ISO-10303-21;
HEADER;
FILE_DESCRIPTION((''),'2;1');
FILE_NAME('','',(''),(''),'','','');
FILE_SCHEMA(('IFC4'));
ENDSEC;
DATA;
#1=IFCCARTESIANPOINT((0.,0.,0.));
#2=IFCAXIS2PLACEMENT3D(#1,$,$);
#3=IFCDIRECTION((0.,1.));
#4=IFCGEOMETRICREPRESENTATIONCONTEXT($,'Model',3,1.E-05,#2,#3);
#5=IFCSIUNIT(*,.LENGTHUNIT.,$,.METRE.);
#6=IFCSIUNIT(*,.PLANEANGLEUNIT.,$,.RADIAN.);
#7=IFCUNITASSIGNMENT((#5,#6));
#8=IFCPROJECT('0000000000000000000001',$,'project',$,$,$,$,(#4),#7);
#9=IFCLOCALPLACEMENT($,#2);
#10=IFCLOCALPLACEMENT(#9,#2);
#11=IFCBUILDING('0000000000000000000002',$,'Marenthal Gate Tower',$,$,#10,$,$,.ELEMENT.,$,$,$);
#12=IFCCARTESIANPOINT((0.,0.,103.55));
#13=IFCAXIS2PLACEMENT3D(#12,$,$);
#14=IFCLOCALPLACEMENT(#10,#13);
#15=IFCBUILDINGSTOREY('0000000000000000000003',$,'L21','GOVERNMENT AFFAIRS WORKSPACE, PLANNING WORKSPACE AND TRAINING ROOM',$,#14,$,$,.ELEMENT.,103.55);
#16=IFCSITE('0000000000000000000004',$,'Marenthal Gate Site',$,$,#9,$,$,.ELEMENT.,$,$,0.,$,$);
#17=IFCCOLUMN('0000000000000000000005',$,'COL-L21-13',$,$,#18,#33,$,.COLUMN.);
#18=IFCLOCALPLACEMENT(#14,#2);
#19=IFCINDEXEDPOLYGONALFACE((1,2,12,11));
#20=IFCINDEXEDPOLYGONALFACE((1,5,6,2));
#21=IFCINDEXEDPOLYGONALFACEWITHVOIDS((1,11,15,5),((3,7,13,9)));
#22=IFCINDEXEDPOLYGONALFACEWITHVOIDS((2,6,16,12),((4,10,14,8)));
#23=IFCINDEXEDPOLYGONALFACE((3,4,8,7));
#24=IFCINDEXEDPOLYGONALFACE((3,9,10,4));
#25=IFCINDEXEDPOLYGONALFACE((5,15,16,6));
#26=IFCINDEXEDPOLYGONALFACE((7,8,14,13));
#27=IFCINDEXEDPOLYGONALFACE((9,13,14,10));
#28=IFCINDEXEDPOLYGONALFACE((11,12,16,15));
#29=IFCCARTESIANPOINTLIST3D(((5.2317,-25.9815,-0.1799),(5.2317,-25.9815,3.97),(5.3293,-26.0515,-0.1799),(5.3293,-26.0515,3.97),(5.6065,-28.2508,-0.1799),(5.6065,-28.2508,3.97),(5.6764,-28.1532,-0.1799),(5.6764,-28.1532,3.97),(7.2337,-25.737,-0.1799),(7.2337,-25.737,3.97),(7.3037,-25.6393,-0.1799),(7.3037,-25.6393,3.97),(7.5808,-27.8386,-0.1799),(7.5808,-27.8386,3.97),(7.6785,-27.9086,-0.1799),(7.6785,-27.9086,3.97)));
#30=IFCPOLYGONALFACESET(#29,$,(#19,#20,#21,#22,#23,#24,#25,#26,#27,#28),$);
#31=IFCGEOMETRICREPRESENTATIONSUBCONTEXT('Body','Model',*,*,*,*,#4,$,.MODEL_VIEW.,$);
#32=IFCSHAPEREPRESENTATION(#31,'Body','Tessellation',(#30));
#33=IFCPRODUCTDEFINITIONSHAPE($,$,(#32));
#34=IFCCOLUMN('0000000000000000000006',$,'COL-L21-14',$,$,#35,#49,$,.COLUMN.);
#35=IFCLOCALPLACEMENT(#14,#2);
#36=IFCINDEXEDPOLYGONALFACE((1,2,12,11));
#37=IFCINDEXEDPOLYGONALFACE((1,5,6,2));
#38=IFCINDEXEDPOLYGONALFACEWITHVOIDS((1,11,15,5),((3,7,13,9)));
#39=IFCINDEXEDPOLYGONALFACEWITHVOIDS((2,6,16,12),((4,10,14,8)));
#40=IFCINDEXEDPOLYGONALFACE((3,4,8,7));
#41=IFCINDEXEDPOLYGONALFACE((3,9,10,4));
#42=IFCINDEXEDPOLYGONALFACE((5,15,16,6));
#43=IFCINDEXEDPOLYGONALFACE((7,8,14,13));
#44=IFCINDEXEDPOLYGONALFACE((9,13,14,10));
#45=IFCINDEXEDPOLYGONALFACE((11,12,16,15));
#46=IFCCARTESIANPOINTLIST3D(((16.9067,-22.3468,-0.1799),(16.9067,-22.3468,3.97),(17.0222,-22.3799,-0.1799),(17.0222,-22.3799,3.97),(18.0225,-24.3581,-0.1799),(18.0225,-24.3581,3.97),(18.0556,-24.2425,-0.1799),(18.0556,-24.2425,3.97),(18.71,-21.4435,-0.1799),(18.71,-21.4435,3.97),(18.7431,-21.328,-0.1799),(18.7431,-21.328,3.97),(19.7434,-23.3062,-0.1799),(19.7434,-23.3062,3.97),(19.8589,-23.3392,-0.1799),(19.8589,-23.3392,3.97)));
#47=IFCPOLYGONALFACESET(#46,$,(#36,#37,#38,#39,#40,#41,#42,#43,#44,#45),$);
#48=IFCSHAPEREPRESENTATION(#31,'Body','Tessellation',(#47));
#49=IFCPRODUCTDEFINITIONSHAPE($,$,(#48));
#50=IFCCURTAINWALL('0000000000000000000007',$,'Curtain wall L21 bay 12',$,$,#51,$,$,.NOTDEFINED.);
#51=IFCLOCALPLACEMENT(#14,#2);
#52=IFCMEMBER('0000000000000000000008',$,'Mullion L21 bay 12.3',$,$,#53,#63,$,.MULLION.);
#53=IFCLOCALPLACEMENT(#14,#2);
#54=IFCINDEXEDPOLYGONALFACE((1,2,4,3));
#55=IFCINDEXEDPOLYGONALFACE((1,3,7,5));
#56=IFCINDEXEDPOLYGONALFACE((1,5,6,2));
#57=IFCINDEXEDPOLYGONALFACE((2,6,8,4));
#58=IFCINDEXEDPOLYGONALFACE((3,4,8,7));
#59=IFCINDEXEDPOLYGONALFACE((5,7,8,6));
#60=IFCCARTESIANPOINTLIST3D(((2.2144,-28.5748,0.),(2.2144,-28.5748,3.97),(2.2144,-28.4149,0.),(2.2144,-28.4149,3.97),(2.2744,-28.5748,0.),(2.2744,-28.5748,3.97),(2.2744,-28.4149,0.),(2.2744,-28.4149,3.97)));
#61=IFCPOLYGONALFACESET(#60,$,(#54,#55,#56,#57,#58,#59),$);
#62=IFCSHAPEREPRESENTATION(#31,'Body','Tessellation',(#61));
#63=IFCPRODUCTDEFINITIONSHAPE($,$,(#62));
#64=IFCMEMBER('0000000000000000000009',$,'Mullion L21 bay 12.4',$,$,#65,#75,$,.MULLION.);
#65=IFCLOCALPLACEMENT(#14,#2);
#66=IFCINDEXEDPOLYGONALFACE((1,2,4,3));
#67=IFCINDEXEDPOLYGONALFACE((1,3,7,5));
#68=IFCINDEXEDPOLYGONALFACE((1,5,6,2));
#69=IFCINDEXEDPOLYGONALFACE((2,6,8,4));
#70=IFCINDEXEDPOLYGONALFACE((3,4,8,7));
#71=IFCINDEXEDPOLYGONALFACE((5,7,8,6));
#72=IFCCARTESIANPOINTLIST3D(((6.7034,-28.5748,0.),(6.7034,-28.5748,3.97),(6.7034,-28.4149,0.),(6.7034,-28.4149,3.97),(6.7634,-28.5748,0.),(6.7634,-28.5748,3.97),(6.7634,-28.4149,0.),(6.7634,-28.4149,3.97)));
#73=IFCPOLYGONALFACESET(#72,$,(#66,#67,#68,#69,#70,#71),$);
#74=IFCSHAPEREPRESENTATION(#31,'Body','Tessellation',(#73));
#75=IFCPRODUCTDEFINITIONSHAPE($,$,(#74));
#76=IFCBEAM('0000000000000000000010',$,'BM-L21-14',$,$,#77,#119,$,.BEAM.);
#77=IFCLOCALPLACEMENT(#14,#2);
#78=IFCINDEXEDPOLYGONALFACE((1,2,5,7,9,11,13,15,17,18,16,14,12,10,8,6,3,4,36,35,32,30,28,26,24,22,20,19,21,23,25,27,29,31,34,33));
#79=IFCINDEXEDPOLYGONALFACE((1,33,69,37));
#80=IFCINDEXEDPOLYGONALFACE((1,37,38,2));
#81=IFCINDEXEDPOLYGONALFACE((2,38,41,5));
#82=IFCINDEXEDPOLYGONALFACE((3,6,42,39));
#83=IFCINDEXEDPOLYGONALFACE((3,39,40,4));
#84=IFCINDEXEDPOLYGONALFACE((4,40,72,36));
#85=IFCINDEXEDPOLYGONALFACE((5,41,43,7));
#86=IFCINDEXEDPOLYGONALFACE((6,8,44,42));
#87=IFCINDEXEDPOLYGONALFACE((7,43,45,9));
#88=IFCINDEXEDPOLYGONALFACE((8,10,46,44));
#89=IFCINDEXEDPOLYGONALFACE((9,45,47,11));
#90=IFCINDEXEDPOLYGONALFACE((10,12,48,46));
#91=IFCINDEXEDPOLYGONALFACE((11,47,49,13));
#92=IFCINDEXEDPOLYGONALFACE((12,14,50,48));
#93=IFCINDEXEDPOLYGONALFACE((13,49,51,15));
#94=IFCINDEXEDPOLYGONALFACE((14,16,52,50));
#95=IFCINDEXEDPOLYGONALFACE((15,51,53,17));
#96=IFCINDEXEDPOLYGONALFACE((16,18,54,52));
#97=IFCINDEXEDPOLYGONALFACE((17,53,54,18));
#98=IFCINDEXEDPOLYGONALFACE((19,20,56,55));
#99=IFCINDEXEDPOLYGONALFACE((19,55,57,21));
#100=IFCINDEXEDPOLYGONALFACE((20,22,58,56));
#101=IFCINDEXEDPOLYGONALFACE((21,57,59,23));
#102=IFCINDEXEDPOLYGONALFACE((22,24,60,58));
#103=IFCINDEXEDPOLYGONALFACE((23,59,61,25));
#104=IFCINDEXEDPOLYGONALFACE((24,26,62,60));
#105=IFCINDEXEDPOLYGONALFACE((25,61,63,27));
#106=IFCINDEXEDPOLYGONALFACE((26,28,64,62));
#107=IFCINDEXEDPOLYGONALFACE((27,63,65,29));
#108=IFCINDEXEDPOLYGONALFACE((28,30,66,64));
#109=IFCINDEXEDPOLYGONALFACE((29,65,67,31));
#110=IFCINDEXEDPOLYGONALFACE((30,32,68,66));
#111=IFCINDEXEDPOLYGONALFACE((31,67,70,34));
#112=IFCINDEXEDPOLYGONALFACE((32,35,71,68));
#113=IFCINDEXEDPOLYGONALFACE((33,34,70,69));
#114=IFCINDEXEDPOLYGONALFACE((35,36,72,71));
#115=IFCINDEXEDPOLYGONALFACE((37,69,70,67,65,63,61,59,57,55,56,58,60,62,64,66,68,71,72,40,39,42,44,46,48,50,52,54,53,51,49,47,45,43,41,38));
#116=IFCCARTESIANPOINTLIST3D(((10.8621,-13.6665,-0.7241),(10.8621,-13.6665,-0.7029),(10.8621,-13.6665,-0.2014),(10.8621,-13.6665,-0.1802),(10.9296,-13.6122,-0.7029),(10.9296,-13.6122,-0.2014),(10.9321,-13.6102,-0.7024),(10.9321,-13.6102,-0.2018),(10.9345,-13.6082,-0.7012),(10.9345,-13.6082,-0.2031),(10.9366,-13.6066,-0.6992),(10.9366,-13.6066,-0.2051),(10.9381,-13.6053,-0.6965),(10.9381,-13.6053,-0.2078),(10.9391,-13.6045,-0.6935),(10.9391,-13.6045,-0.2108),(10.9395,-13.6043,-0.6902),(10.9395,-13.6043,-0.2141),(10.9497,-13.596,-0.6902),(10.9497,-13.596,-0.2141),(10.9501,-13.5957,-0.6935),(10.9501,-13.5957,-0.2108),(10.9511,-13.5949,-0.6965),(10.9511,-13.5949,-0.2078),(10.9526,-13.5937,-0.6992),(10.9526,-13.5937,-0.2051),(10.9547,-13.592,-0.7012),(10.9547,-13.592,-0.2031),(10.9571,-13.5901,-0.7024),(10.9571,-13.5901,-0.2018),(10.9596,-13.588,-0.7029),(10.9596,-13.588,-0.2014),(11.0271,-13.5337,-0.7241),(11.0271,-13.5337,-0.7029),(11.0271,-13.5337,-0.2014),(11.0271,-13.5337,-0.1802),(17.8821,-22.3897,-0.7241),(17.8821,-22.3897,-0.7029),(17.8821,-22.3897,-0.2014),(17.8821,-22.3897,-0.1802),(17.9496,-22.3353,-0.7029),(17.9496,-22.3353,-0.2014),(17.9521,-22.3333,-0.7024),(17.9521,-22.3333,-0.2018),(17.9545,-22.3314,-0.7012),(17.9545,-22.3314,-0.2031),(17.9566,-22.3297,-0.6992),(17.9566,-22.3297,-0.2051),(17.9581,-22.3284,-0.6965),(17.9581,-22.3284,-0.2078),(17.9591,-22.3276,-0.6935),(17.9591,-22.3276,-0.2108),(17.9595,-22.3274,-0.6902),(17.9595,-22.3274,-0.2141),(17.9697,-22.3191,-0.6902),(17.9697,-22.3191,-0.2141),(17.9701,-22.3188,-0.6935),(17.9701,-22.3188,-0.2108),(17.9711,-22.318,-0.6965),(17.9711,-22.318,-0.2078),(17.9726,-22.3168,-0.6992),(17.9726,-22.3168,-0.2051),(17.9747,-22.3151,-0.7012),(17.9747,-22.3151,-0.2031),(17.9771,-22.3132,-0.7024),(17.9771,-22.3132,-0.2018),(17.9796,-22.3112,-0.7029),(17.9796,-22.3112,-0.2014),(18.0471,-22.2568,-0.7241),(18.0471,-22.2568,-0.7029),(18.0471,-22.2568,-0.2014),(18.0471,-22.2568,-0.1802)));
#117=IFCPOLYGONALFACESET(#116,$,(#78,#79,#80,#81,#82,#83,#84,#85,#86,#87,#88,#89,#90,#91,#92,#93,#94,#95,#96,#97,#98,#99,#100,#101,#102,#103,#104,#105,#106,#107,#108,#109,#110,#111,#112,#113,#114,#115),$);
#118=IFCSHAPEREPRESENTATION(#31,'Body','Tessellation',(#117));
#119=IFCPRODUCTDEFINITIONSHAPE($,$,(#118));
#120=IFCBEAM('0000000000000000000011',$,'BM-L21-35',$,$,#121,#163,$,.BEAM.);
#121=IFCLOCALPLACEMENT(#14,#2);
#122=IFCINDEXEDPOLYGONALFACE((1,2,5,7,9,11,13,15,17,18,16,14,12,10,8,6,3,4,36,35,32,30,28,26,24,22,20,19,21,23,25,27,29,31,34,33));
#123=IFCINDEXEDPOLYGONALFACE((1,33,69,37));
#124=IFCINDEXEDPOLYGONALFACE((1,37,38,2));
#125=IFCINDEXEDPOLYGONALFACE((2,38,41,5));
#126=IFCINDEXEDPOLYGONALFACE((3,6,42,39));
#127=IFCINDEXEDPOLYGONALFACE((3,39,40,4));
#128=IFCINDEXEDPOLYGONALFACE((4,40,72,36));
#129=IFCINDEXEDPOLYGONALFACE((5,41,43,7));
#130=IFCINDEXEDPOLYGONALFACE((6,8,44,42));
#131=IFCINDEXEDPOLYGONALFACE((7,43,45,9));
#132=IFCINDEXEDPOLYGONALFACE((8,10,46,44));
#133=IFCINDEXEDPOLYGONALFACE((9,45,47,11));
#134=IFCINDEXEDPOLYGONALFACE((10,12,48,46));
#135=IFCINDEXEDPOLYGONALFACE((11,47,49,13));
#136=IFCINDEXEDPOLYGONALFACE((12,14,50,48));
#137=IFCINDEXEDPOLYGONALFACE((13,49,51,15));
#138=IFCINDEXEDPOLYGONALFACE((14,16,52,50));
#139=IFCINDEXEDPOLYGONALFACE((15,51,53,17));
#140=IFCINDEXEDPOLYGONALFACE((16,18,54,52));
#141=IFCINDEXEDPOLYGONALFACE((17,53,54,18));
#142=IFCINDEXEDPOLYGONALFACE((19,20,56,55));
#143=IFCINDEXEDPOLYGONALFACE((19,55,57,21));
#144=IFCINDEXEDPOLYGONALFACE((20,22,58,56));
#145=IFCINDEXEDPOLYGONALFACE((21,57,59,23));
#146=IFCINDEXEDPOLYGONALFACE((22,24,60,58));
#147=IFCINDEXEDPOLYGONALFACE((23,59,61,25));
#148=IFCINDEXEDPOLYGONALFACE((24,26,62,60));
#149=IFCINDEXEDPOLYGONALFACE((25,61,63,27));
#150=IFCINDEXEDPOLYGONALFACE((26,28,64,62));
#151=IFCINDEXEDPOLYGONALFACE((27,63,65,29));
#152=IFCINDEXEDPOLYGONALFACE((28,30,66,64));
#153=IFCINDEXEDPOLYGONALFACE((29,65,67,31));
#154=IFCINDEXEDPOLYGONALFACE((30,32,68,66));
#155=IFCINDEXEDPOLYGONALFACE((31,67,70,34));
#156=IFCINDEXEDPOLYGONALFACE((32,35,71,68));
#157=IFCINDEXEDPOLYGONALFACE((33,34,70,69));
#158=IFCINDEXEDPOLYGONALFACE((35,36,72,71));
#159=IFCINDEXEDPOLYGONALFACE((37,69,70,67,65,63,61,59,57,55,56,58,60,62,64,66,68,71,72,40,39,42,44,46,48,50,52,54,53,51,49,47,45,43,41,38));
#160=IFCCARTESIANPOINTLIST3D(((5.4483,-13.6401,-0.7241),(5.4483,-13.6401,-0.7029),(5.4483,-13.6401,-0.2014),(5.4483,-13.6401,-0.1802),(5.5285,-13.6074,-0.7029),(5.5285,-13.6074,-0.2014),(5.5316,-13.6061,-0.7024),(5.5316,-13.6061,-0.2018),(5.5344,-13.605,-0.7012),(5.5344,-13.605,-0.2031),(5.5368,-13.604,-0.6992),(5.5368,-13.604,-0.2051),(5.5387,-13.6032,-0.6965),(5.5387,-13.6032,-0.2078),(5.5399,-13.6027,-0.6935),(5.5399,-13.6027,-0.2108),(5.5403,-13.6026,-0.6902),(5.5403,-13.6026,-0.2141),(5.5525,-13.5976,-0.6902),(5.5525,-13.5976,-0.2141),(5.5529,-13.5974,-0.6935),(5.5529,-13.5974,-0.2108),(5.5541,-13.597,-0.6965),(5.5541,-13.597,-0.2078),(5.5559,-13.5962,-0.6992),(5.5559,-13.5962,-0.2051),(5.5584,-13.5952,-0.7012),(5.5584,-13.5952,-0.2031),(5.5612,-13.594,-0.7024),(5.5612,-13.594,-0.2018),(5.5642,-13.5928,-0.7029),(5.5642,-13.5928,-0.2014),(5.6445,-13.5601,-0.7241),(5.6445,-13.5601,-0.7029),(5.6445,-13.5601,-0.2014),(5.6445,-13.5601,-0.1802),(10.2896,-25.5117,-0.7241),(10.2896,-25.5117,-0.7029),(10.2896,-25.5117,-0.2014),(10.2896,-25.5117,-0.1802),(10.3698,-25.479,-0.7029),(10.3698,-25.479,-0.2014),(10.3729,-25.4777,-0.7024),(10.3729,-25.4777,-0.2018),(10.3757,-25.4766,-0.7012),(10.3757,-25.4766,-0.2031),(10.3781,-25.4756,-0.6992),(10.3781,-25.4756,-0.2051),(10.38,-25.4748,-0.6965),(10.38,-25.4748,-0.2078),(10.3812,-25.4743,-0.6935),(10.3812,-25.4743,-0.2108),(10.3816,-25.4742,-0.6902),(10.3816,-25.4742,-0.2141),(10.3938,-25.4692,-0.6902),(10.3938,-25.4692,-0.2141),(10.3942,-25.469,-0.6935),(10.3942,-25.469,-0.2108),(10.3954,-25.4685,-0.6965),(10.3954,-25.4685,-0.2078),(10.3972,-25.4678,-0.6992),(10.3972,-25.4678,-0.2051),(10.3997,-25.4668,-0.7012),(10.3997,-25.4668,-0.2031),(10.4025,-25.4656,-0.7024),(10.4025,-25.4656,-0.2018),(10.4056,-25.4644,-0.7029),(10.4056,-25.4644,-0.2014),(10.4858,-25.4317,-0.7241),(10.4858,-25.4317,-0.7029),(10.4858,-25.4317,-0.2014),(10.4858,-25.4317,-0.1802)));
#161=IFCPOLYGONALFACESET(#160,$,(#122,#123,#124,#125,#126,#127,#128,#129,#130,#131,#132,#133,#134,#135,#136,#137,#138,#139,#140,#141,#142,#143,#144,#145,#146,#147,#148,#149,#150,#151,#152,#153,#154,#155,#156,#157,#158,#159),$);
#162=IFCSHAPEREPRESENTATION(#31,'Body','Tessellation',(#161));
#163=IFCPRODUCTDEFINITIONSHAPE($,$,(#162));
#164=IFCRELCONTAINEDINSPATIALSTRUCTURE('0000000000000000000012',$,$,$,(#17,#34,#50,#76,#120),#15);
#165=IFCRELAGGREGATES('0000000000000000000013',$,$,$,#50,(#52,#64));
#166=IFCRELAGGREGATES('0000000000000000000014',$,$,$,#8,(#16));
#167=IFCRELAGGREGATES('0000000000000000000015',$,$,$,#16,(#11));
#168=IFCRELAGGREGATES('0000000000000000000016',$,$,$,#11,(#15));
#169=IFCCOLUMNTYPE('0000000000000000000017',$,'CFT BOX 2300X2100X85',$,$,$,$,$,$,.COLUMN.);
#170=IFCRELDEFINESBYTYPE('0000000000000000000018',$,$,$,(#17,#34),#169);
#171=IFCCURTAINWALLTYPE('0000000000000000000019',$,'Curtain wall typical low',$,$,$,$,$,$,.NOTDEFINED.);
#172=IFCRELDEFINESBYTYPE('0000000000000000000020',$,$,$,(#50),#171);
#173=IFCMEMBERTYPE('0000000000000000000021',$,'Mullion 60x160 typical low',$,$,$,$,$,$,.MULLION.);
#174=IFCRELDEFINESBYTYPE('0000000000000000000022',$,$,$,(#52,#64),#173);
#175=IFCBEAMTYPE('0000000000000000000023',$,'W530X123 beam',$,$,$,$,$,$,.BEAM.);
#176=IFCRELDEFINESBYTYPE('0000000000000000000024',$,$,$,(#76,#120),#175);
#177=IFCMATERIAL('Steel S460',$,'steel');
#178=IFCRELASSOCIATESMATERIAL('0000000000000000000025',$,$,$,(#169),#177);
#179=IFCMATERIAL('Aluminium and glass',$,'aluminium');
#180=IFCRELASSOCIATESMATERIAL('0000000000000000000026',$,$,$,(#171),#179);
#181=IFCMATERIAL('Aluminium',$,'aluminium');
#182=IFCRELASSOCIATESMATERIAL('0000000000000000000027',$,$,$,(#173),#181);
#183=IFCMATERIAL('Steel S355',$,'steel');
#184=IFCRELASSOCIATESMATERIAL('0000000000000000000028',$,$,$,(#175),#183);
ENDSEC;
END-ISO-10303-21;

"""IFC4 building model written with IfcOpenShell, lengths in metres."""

from ifc_helpers import new_model, si_unit, direction, frame, origin, origin_2d, place, context, subcontext, project, spatial, rectangle, hollow_rectangle, i_section, extrude, material, material_profile, profile_set, type_object, element, aggregate, save


model = new_model("IFC4")

# Units and contexts
model_context = context("Model", 3, precision=1e-05, world=origin(), true_north=direction((0.0, 1.0)))
body_context = subcontext(model_context, "Body", "Model", "MODEL_VIEW")
ifc_project = project(units=[si_unit("LENGTHUNIT", "METRE"), si_unit("PLANEANGLEUNIT", "RADIAN")], contexts=[model_context])

# Site, building, storey
site_placement = place(None, origin())
site = spatial("IfcSite", under=ifc_project, at=site_placement, Name="Marenthal Gate Site", CompositionType="ELEMENT", RefElevation=0.0)
building_placement = place(site_placement, origin())
building = spatial("IfcBuilding", under=site, at=building_placement, Name="Marenthal Gate Tower", CompositionType="ELEMENT")
storey_placement = place(building_placement, frame((0.0, 0.0, 103.55)))
storey = spatial("IfcBuildingStorey", under=building, at=storey_placement, Name="L21", Description="GOVERNMENT AFFAIRS WORKSPACE, PLANNING WORKSPACE AND TRAINING ROOM", CompositionType="ELEMENT", Elevation=103.55)

# Columns
ifc_material_1 = material(Name="Steel S460", Category="steel")
ifc_material_profile_1 = material_profile(ifc_material_1, hollow_rectangle(XDim=2.1001, YDim=2.3, WallThickness=0.085, at=origin_2d()), Name="CFT BOX 2300X2100X85")
ifc_material_2 = material(Name="Concrete 70 MPa", Category="concrete")
ifc_material_profile_2 = material_profile(ifc_material_2, rectangle(XDim=1.9299, YDim=2.1299, at=origin_2d()), Name="CFT BOX 2300X2100X85 INFILL")
ifc_profile_set_1 = profile_set([ifc_material_profile_1, ifc_material_profile_2], Name="Steel S460 shell, Concrete 70 MPa infill")
column_type = type_object("IfcColumnType", Name="CFT BOX 2300X2100X85", PredefinedType="COLUMN", material=ifc_profile_set_1)
for number, where, z_axis, x_axis, name in (
    (1, (6.4551, -26.9451, -0.1799), (0.0, 0.0, 1.0), (-0.986635, -0.162949, 0.0), "COL-L21-13"),
    (2, (18.3828, -22.843, -0.1799), (0.0, 0.0, 1.0), (-0.874442, -0.48513, 0.0), "COL-L21-14"),
):
    element("IfcColumn", number, at=place(storey_placement, frame(where, z_axis=z_axis, x_axis=x_axis)), inside=storey, type_object=column_type, Name=name, PredefinedType="COLUMN", context=body_context, shape_type="SweptSolid", body=[
        extrude(hollow_rectangle(XDim=2.1001, YDim=2.3, WallThickness=0.085, at=origin_2d()), origin(), (0.0, 0.0, 1.0), 4.1499),
    ])

# Curtain wall, members
ifc_material_3 = material(Name="Aluminium and glass", Category="aluminium")
curtain_wall_type = type_object("IfcCurtainWallType", Name="Curtain wall typical low", PredefinedType="NOTDEFINED", material=ifc_material_3)
curtain_wall_placement = place(storey_placement, origin())
curtain_wall = element("IfcCurtainWall", 3, at=curtain_wall_placement, inside=storey, type_object=curtain_wall_type, Name="Curtain wall L21 bay 12", PredefinedType="NOTDEFINED")
ifc_material_4 = material(Name="Aluminium", Category="aluminium")
ifc_material_profile_3 = material_profile(ifc_material_4, rectangle(XDim=0.1599, YDim=0.0601, at=origin_2d()), Name="60x160 aluminium mullion")
ifc_profile_set_2 = profile_set([ifc_material_profile_3], Name="Aluminium")
member_type = type_object("IfcMemberType", Name="Mullion 60x160 typical low", PredefinedType="MULLION", material=ifc_profile_set_2)
member_1_placement = place(storey_placement, frame((2.2444, -28.4949, 0.0), z_axis=(0.0, 0.0, 1.0), x_axis=(0.0, 1.0, 0.0)))
member_1 = element("IfcMember", 4, at=member_1_placement, type_object=member_type, Name="Mullion L21 bay 12.3", PredefinedType="MULLION", context=body_context, shape_type="SweptSolid", body=[
    extrude(rectangle(XDim=0.1599, YDim=0.0601, at=origin_2d()), origin(), (0.0, 0.0, 1.0), 3.97),
])
member_2_placement = place(storey_placement, frame((6.7334, -28.4949, 0.0), z_axis=(0.0, 0.0, 1.0), x_axis=(0.0, 1.0, 0.0)))
member_2 = element("IfcMember", 5, at=member_2_placement, type_object=member_type, Name="Mullion L21 bay 12.4", PredefinedType="MULLION", context=body_context, shape_type="SweptSolid", body=[
    extrude(rectangle(XDim=0.1599, YDim=0.0601, at=origin_2d()), origin(), (0.0, 0.0, 1.0), 3.97),
])

# Beams
ifc_material_5 = material(Name="Steel S355", Category="steel")
ifc_material_profile_4 = material_profile(ifc_material_5, i_section(OverallWidth=0.2119, OverallDepth=0.5439, WebThickness=0.0132, FlangeThickness=0.0212, FilletRadius=0.0127, at=origin_2d()), Name="W530X123")
ifc_profile_set_3 = profile_set([ifc_material_profile_4], Name="Steel S355")
beam_type_1 = type_object("IfcBeamType", Name="W530X123 beam", PredefinedType="BEAM", material=ifc_profile_set_3)
beam_1_placement = place(storey_placement, frame((17.9646, -22.3232, -0.4521), z_axis=(-0.626953, 0.779057, 0.0), x_axis=(-0.779057, -0.626953, 0.0)))
element("IfcBeam", 6, at=beam_1_placement, inside=storey, type_object=beam_type_1, Name="BM-L21-14", PredefinedType="BEAM", context=body_context, shape_type="SweptSolid", body=[
    extrude(i_section(OverallWidth=0.2119, OverallDepth=0.5439, WebThickness=0.0132, FlangeThickness=0.0212, FilletRadius=0.0127, at=origin_2d()), origin(), (0.0, 0.0, 1.0), 11.197),
])
beam_2_placement = place(storey_placement, frame((10.3877, -25.4717, -0.4521), z_axis=(-0.377614, 0.925963, 0.0), x_axis=(-0.925963, -0.377614, 0.0)))
element("IfcBeam", 7, at=beam_2_placement, inside=storey, type_object=beam_type_1, Name="BM-L21-35", PredefinedType="BEAM", context=body_context, shape_type="SweptSolid", body=[
    extrude(i_section(OverallWidth=0.2119, OverallDepth=0.5439, WebThickness=0.0132, FlangeThickness=0.0212, FilletRadius=0.0127, at=origin_2d()), origin(), (0.0, 0.0, 1.0), 12.8208),
])

aggregate(curtain_wall, [member_1, member_2])

save(model, "model.ifc")
